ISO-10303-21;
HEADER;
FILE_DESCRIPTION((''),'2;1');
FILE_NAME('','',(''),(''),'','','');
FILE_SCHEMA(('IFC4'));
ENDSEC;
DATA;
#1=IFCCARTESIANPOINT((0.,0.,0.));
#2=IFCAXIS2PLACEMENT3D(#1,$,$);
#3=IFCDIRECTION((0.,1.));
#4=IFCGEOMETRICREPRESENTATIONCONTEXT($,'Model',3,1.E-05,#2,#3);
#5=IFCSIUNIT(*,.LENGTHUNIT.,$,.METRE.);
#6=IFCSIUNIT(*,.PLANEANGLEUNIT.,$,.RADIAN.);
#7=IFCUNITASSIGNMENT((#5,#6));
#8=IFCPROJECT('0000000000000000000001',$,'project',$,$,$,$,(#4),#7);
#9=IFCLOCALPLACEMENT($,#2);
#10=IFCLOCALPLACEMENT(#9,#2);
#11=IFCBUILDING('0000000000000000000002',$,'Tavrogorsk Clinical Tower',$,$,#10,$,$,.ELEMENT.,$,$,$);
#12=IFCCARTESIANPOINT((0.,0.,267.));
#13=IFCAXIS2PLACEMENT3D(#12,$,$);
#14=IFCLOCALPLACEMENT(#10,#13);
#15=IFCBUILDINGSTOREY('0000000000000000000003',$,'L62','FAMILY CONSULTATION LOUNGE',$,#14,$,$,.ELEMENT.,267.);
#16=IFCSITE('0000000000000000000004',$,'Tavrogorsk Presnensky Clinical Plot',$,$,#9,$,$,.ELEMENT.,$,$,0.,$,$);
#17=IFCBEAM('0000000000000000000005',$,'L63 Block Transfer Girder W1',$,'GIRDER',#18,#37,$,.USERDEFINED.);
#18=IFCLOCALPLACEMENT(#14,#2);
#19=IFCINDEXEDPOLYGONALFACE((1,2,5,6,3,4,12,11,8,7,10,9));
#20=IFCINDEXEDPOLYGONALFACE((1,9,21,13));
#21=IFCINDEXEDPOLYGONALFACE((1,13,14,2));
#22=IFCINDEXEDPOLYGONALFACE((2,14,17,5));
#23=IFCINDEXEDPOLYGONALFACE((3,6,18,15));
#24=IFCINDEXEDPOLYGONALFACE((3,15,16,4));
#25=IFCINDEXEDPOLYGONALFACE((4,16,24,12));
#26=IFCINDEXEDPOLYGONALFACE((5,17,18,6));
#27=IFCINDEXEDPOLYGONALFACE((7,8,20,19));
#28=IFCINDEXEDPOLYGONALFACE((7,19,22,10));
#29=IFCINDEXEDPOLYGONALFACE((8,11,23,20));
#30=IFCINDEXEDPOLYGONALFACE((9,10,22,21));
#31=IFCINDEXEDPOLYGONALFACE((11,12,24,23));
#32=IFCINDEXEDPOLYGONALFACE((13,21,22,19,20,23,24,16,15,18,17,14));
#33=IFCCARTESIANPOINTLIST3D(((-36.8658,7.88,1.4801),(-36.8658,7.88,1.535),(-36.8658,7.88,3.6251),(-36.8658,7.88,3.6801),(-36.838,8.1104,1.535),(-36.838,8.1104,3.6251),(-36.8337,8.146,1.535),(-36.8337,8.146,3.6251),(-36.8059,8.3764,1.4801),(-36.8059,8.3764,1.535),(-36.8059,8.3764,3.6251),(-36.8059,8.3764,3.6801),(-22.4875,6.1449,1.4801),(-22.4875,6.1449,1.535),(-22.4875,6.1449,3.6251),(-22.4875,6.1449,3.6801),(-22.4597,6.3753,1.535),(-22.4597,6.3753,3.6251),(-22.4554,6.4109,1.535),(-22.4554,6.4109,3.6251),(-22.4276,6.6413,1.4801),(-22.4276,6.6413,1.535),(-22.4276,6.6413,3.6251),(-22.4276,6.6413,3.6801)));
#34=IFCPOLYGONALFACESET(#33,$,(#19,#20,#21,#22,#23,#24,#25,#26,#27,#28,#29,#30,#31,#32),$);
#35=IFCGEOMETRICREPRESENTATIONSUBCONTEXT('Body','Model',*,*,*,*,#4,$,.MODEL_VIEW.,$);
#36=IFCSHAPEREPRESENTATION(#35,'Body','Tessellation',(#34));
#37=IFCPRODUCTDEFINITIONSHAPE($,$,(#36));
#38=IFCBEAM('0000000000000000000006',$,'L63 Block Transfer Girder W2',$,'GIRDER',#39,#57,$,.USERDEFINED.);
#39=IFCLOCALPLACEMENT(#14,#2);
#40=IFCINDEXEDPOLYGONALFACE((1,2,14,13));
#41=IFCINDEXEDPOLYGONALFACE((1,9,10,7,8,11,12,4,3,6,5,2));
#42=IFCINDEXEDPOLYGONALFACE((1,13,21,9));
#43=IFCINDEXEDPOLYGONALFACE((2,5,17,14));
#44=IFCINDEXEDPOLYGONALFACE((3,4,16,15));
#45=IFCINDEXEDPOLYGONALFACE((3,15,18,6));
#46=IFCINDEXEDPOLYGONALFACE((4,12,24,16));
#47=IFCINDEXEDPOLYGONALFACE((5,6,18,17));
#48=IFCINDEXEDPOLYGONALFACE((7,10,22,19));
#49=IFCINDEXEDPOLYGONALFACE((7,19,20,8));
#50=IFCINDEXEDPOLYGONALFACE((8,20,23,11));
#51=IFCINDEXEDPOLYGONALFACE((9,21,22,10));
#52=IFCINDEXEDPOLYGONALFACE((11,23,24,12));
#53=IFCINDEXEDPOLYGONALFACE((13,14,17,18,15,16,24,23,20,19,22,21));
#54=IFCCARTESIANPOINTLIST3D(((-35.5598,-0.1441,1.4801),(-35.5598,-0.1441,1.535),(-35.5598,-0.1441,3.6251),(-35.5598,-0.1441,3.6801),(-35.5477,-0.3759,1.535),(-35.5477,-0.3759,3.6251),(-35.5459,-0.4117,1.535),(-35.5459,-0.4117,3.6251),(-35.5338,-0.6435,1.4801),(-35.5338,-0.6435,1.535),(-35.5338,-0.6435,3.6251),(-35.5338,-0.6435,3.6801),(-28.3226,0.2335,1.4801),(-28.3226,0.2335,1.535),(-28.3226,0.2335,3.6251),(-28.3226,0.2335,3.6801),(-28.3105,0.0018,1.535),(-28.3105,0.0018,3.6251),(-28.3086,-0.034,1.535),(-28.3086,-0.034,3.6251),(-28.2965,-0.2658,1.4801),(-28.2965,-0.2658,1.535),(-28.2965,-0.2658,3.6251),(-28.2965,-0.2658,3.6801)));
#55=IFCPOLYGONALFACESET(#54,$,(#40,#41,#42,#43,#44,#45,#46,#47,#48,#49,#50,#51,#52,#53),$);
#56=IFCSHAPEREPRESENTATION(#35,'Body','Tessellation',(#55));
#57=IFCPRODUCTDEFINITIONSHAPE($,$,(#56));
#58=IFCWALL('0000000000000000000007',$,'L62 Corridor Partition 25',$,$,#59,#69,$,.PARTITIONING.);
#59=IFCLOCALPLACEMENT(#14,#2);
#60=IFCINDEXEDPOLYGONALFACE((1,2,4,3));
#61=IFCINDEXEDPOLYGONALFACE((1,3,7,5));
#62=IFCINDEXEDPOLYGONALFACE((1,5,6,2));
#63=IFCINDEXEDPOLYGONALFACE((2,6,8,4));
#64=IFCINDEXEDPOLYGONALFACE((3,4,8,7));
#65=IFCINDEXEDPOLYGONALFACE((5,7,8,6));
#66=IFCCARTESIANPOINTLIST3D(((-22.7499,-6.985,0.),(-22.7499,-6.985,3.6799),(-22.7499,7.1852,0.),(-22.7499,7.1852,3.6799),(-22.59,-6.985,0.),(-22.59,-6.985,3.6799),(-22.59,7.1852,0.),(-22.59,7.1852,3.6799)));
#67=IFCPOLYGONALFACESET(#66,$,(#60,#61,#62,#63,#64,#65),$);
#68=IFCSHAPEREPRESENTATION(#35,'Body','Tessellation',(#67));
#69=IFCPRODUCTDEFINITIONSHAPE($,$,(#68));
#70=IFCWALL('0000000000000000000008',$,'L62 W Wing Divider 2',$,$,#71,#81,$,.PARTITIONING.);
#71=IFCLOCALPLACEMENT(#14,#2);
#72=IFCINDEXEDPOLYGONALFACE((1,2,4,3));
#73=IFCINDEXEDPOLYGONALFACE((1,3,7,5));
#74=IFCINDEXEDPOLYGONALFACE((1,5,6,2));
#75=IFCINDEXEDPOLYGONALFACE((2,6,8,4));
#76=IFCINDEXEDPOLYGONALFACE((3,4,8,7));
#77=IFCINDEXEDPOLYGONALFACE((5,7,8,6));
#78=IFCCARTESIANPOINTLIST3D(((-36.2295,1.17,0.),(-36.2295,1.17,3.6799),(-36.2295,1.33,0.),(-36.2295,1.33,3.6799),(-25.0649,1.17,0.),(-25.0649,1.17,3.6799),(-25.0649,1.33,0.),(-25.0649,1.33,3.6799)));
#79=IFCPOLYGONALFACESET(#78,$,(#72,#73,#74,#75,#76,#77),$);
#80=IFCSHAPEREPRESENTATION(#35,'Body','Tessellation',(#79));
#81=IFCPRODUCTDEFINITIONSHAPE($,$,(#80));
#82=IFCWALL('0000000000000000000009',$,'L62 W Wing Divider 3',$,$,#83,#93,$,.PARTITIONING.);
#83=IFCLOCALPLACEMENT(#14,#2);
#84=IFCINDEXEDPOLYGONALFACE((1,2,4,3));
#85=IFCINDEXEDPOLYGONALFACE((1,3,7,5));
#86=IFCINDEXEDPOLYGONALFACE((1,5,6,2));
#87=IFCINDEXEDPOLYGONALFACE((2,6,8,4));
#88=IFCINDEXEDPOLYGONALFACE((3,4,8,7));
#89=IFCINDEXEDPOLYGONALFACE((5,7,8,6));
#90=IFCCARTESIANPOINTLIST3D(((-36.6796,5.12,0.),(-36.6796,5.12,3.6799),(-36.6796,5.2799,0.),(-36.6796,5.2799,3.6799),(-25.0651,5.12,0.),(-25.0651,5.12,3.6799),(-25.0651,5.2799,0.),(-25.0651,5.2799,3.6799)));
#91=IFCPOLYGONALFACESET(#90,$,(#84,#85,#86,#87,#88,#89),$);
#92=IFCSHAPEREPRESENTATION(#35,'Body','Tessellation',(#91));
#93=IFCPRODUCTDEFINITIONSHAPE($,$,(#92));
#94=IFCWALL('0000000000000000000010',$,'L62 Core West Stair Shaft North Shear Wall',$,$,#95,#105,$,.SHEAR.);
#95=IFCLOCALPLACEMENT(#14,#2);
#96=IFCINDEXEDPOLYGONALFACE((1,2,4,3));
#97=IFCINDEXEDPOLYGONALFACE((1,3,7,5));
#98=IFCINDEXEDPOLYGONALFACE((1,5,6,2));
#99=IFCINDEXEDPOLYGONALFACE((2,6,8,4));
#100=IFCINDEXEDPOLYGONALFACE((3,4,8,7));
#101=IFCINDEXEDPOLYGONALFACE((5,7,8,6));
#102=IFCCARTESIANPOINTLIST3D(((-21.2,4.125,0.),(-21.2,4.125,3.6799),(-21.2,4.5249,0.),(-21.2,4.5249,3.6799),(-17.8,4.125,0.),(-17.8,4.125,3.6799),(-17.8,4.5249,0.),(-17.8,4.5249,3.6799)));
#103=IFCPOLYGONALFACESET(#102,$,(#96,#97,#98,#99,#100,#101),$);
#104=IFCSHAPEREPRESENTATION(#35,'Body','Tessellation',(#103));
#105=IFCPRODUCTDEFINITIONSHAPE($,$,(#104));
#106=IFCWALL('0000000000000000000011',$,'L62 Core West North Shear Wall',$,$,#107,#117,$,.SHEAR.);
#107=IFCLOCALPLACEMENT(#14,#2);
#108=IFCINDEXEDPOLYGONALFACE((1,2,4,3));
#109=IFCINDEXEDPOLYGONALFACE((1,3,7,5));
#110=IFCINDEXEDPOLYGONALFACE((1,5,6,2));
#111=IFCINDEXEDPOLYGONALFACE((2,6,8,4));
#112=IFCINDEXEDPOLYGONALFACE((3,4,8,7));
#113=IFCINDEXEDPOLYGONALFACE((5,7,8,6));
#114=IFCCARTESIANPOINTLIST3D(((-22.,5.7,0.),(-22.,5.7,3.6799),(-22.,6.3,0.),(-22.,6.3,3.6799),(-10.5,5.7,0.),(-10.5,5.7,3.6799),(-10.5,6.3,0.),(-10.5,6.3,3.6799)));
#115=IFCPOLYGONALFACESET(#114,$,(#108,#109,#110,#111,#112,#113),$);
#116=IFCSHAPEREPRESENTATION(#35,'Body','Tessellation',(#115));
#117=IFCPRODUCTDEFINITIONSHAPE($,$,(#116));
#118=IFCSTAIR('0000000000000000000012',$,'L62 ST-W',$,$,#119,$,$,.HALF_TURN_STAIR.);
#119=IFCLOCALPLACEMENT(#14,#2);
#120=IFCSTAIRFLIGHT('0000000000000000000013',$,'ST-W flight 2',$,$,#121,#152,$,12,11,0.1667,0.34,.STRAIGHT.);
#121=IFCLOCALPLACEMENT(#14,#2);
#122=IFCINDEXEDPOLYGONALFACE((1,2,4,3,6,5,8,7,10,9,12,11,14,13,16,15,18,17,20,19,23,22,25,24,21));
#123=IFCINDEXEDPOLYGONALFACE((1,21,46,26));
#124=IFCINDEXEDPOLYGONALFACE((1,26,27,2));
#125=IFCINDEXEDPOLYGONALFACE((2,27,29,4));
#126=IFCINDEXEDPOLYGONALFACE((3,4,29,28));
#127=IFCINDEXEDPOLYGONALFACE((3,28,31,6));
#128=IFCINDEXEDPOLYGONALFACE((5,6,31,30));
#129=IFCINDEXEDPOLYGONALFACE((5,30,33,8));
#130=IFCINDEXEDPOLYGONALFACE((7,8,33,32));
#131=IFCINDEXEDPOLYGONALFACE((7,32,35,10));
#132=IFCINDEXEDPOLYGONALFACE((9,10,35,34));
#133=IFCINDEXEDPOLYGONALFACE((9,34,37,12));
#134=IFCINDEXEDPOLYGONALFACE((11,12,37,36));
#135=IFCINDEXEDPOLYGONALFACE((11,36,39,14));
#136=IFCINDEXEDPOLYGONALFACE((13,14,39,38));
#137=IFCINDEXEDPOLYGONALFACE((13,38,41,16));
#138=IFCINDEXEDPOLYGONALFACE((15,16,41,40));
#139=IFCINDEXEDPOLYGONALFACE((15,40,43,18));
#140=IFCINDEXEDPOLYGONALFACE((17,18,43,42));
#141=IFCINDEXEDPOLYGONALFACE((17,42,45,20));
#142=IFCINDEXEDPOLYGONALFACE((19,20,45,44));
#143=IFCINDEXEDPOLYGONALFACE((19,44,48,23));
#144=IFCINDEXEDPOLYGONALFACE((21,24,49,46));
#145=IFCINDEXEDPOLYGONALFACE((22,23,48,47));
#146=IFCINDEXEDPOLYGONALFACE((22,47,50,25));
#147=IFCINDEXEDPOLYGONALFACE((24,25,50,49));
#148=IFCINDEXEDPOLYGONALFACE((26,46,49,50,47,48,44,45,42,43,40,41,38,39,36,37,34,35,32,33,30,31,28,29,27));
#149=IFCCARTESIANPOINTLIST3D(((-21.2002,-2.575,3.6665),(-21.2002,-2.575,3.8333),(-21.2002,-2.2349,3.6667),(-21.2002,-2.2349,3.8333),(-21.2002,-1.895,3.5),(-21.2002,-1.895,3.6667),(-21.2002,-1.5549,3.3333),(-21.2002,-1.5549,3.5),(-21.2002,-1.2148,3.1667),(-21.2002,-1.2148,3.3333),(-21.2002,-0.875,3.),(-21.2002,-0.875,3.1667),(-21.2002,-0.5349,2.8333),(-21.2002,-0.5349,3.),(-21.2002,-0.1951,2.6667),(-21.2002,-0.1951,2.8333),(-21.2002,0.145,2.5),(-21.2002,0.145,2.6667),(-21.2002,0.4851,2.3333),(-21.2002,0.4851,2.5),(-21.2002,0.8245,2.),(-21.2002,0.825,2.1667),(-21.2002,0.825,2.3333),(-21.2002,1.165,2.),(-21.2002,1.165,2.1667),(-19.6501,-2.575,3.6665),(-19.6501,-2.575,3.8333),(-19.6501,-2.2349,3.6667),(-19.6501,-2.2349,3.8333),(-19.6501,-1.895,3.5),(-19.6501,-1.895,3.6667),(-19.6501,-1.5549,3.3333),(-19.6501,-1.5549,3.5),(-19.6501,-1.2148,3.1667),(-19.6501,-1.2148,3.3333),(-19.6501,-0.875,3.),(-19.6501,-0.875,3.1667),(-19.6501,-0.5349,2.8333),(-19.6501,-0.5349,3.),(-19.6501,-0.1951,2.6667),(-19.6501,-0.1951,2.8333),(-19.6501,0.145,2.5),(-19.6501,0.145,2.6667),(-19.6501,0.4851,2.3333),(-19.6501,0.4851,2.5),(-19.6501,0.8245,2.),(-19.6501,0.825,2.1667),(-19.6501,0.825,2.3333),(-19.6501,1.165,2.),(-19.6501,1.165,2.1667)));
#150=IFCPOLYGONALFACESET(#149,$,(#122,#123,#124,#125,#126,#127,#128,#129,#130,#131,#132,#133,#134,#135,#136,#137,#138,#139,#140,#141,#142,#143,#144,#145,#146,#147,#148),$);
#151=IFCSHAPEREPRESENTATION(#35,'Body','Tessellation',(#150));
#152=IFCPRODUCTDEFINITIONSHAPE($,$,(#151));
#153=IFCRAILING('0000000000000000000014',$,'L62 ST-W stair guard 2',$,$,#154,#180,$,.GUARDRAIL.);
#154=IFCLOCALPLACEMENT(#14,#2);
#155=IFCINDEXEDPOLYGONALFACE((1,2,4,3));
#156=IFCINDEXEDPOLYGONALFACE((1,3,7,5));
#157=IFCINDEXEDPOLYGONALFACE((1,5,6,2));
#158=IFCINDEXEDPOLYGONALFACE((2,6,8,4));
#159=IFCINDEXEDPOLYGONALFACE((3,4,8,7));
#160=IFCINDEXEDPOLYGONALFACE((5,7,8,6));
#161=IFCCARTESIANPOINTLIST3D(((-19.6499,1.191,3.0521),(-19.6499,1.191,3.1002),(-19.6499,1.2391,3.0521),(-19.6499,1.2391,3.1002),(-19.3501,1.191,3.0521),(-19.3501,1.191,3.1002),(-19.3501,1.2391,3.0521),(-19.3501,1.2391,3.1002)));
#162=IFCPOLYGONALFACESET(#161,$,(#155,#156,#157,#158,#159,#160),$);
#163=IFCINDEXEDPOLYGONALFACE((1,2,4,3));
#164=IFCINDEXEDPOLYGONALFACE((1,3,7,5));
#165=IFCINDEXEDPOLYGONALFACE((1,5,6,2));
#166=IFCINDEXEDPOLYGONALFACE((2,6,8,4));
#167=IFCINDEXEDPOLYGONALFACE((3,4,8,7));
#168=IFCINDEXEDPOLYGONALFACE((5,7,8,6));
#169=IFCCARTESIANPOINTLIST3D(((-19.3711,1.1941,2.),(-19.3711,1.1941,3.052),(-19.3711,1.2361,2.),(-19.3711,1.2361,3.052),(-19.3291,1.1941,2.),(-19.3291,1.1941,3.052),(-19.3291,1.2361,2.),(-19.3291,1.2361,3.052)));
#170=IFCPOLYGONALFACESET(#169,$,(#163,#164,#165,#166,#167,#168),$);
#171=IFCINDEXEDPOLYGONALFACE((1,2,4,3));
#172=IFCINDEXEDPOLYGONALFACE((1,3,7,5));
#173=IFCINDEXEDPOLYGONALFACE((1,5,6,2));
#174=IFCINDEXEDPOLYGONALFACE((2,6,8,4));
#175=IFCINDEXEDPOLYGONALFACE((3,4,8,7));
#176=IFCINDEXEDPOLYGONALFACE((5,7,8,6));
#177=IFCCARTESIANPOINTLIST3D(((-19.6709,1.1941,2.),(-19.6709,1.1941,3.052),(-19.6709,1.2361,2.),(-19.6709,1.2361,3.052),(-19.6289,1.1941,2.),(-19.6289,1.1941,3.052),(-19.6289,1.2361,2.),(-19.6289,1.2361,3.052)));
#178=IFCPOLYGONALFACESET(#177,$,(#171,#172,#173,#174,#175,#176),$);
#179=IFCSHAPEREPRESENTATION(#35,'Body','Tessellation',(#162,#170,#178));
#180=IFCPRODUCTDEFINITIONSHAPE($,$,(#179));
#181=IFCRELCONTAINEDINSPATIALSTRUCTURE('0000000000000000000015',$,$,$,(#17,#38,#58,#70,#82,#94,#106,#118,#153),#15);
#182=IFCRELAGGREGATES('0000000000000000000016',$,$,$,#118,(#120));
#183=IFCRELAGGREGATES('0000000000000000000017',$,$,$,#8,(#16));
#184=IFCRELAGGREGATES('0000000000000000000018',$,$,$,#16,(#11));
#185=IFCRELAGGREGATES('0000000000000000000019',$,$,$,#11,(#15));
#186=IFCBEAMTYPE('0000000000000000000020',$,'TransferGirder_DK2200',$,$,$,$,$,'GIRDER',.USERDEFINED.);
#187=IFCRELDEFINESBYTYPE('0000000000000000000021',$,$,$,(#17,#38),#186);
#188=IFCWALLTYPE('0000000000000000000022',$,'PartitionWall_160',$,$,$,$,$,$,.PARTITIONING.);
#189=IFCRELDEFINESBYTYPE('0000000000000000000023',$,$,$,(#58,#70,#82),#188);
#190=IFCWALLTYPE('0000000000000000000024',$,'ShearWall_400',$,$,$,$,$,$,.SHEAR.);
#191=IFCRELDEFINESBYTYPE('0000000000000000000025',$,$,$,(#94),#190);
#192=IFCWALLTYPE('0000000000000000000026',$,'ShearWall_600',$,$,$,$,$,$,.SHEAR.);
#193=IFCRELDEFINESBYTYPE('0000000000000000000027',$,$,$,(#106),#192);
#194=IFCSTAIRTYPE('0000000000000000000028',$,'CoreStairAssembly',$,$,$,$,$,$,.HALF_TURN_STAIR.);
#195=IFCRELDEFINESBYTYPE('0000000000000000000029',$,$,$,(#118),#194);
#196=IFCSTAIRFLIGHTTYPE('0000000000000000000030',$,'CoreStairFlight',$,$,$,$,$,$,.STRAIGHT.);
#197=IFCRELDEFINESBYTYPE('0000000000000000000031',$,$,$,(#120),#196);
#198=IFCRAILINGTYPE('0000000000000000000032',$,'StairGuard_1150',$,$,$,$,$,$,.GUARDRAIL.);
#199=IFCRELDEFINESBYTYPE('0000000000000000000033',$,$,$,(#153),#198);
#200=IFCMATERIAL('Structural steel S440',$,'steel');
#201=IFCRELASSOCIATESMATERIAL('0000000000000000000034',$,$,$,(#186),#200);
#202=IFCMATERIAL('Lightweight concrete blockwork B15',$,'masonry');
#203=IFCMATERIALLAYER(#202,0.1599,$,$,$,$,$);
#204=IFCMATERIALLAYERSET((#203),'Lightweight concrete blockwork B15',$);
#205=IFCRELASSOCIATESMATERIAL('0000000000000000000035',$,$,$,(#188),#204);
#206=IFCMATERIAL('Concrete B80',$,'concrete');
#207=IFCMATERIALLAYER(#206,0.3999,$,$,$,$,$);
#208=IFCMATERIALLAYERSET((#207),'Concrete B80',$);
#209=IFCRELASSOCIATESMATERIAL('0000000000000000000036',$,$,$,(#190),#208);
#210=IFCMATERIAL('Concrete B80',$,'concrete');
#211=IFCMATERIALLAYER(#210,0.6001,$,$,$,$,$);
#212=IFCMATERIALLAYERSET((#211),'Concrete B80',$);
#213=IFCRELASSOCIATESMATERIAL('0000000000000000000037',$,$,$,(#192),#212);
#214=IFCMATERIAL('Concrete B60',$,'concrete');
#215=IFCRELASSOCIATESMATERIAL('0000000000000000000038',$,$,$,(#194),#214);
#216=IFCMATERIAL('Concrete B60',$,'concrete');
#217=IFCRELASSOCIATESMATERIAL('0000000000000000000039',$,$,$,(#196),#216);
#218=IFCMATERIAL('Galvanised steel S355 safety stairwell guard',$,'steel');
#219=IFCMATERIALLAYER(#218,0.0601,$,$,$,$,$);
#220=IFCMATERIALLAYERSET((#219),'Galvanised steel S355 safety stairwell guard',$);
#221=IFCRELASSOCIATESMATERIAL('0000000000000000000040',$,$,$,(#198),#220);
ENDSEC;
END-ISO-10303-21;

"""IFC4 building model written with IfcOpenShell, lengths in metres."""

from ifc_helpers import new_model, si_unit, direction, frame, frame_2d, origin, origin_2d, place, context, subcontext, project, spatial, polyline, rectangle, i_section, outline, extrude, material, layer, layer_set, material_profile, profile_set, type_object, element, aggregate, save


model = new_model("IFC4")

# Units and contexts
model_context = context("Model", 3, precision=1e-05, world=origin(), true_north=direction((0.0, 1.0)))
body_context = subcontext(model_context, "Body", "Model", "MODEL_VIEW")
ifc_project = project(units=[si_unit("LENGTHUNIT", "METRE"), si_unit("PLANEANGLEUNIT", "RADIAN")], contexts=[model_context])

# Site, building, storey
site_placement = place(None, origin())
site = spatial("IfcSite", under=ifc_project, at=site_placement, Name="Tavrogorsk Presnensky Clinical Plot", CompositionType="ELEMENT", RefElevation=0.0)
building_placement = place(site_placement, origin())
building = spatial("IfcBuilding", under=site, at=building_placement, Name="Tavrogorsk Clinical Tower", CompositionType="ELEMENT")
storey_placement = place(building_placement, frame((0.0, 0.0, 267.0)))
storey = spatial("IfcBuildingStorey", under=building, at=storey_placement, Name="L62", Description="FAMILY CONSULTATION LOUNGE", CompositionType="ELEMENT", Elevation=267.0)

# Beams
ifc_material_1 = material(Name="Structural steel S440", Category="steel")
ifc_material_profile_1 = material_profile(ifc_material_1, i_section(OverallWidth=0.5, OverallDepth=2.2, WebThickness=0.0359, FlangeThickness=0.0549, at=origin_2d()), Name="DK-2200x500x36x55")
ifc_profile_set_1 = profile_set([ifc_material_profile_1], Name="Structural steel S440")
beam_type_1 = type_object("IfcBeamType", Name="TransferGirder_DK2200", ElementType="GIRDER", PredefinedType="USERDEFINED", material=ifc_profile_set_1)
beam_1_placement = place(storey_placement, frame((-22.4575, 6.3931, 2.5801), z_axis=(-0.992797, 0.119805, 0.0), x_axis=(-0.119805, -0.992797, 0.0)))
element("IfcBeam", 1, at=beam_1_placement, inside=storey, type_object=beam_type_1, Name="L63 Block Transfer Girder W1", ObjectType="GIRDER", PredefinedType="USERDEFINED", context=body_context, shape_type="SweptSolid", body=[
    extrude(i_section(OverallWidth=0.5, OverallDepth=2.2, WebThickness=0.0359, FlangeThickness=0.0549, at=origin_2d()), origin(), (0.0, 0.0, 1.0), 14.4827),
])
beam_2_placement = place(storey_placement, frame((-28.3096, -0.0161, 2.5801), z_axis=(-0.998641, -0.052115, 0.0), x_axis=(0.052115, -0.998641, 0.0)))
element("IfcBeam", 2, at=beam_2_placement, inside=storey, type_object=beam_type_1, Name="L63 Block Transfer Girder W2", ObjectType="GIRDER", PredefinedType="USERDEFINED", context=body_context, shape_type="SweptSolid", body=[
    extrude(i_section(OverallWidth=0.5, OverallDepth=2.2, WebThickness=0.0359, FlangeThickness=0.0549, at=origin_2d()), origin(), (0.0, 0.0, 1.0), 7.2471),
])

# Walls
ifc_material_2 = material(Name="Lightweight concrete blockwork B15", Category="masonry")
ifc_layer_1 = layer(ifc_material_2, 0.1599)
ifc_layer_set_1 = layer_set([ifc_layer_1], Name="Lightweight concrete blockwork B15")
wall_type_1 = type_object("IfcWallType", Name="PartitionWall_160", PredefinedType="PARTITIONING", material=ifc_layer_set_1)
wall_1_placement = place(storey_placement, frame((-22.6699, 7.1851, 0.0), z_axis=(0.0, 0.0, 1.0), x_axis=(0.0, -1.0, 0.0)))
element("IfcWall", 3, at=wall_1_placement, inside=storey, type_object=wall_type_1, Name="L62 Corridor Partition 25", PredefinedType="PARTITIONING", context=body_context, shape_type="SweptSolid", body=[
    extrude(rectangle(XDim=14.1702, YDim=0.1599, at=frame_2d((7.085, 0.0))), origin(), (0.0, 0.0, 1.0), 3.6799),
])
wall_2_placement = place(storey_placement, frame((-36.2295, 1.25, 0.0), z_axis=(0.0, 0.0, 1.0), x_axis=(1.0, 0.0, 0.0)))
element("IfcWall", 4, at=wall_2_placement, inside=storey, type_object=wall_type_1, Name="L62 W Wing Divider 2", PredefinedType="PARTITIONING", context=body_context, shape_type="SweptSolid", body=[
    extrude(rectangle(XDim=11.1646, YDim=0.1599, at=frame_2d((5.5823, 0.0))), origin(), (0.0, 0.0, 1.0), 3.6799),
])
wall_3_placement = place(storey_placement, frame((-36.6794, 5.2, 0.0), z_axis=(0.0, 0.0, 1.0), x_axis=(1.0, 0.0, 0.0)))
element("IfcWall", 5, at=wall_3_placement, inside=storey, type_object=wall_type_1, Name="L62 W Wing Divider 3", PredefinedType="PARTITIONING", context=body_context, shape_type="SweptSolid", body=[
    extrude(rectangle(XDim=11.6145, YDim=0.1599, at=frame_2d((5.8071, 0.0))), origin(), (0.0, 0.0, 1.0), 3.6799),
])
ifc_material_3 = material(Name="Concrete B80", Category="concrete")
ifc_layer_2 = layer(ifc_material_3, 0.3999)
ifc_layer_set_2 = layer_set([ifc_layer_2], Name="Concrete B80")
wall_type_2 = type_object("IfcWallType", Name="ShearWall_400", PredefinedType="SHEAR", material=ifc_layer_set_2)
wall_4_placement = place(storey_placement, frame((-21.2, 4.325, 0.0), z_axis=(0.0, 0.0, 1.0), x_axis=(1.0, 0.0, 0.0)))
element("IfcWall", 6, at=wall_4_placement, inside=storey, type_object=wall_type_2, Name="L62 Core West Stair Shaft North Shear Wall", PredefinedType="SHEAR", context=body_context, shape_type="SweptSolid", body=[
    extrude(rectangle(XDim=3.3999, YDim=0.3999, at=frame_2d((1.7, 0.0))), origin(), (0.0, 0.0, 1.0), 3.6799),
])
ifc_material_4 = material(Name="Concrete B80", Category="concrete")
ifc_layer_3 = layer(ifc_material_4, 0.6001)
ifc_layer_set_3 = layer_set([ifc_layer_3], Name="Concrete B80")
wall_type_3 = type_object("IfcWallType", Name="ShearWall_600", PredefinedType="SHEAR", material=ifc_layer_set_3)
wall_5_placement = place(storey_placement, frame((-22.0, 6.0, 0.0), z_axis=(0.0, 0.0, 1.0), x_axis=(1.0, 0.0, 0.0)))
element("IfcWall", 7, at=wall_5_placement, inside=storey, type_object=wall_type_3, Name="L62 Core West North Shear Wall", PredefinedType="SHEAR", context=body_context, shape_type="SweptSolid", body=[
    extrude(rectangle(XDim=11.5, YDim=0.6001, at=frame_2d((5.75, 0.0))), origin(), (0.0, 0.0, 1.0), 3.6799),
])

# Stair, stair flight
ifc_material_5 = material(Name="Concrete B60", Category="concrete")
stair_type = type_object("IfcStairType", Name="CoreStairAssembly", PredefinedType="HALF_TURN_STAIR", material=ifc_material_5)
stair_placement = place(storey_placement, origin())
stair = element("IfcStair", 8, at=stair_placement, inside=storey, type_object=stair_type, Name="L62 ST-W", PredefinedType="HALF_TURN_STAIR")
ifc_material_6 = material(Name="Concrete B60", Category="concrete")
stair_flight_type = type_object("IfcStairFlightType", Name="CoreStairFlight", PredefinedType="STRAIGHT", material=ifc_material_6)
stair_flight_placement = place(storey_placement, frame((-20.425, 1.165, 2.0), z_axis=(0.0, 0.0, 1.0), x_axis=(0.0, -1.0, 0.0)))
stair_flight = element("IfcStairFlight", 9, at=stair_flight_placement, type_object=stair_flight_type, Name="ST-W flight 2", NumberOfRisers=12, NumberOfTreads=11, PredefinedType="STRAIGHT", RiserHeight=0.1667, TreadLength=0.34, context=body_context, shape_type="SweptSolid", body=[
    extrude(outline(polyline([(0.0, 0.0), (0.0, 0.1667), (0.3401, 0.1667), (0.3401, 0.3333), (0.6799, 0.3333), (0.6799, 0.5), (1.02, 0.5), (1.02, 0.6667), (1.3601, 0.6667), (1.3601, 0.8333), (1.7, 0.8333), (1.7, 1.0), (2.04, 1.0), (2.04, 1.1667), (2.3799, 1.1667), (2.3799, 1.3333), (2.72, 1.3333), (2.72, 1.5), (3.0601, 1.5), (3.0601, 1.6667), (3.3999, 1.6667), (3.3999, 1.8333), (3.74, 1.8333), (3.74, 2.0), (3.74, 1.6665), (0.3406, 0.0), (0.0, 0.0)])), frame((0.0, 0.7749, 0.0), z_axis=(0.0, -1.0, 0.0), x_axis=(1.0, 0.0, 0.0)), (0.0, 0.0, 1.0), 1.55),
])
aggregate(stair, [stair_flight])

# Railing
ifc_material_7 = material(Name="Galvanised steel S355 safety stairwell guard", Category="steel")
ifc_layer_4 = layer(ifc_material_7, 0.0601)
ifc_layer_set_4 = layer_set([ifc_layer_4], Name="Galvanised steel S355 safety stairwell guard")
railing_type_1 = type_object("IfcRailingType", Name="StairGuard_1150", PredefinedType="GUARDRAIL", material=ifc_layer_set_4)
railing_1_placement = place(storey_placement, frame((-19.3501, 1.2151, 2.0)))
element("IfcRailing", 10, at=railing_1_placement, inside=storey, type_object=railing_type_1, Name="L62 ST-W stair guard 2", PredefinedType="GUARDRAIL", context=body_context, shape_type="SweptSolid", body=[
    extrude(rectangle(XDim=0.0481, YDim=0.0481, at=origin_2d()), frame((0.0, 0.0, 1.0762), z_axis=(-1.0, 0.0, 0.0), x_axis=(0.0, -1.0, 0.0)), (0.0, 0.0, 1.0), 0.2998),
    extrude(rectangle(XDim=0.042, YDim=0.042, at=origin_2d()), origin(), (0.0, 0.0, 1.0), 1.052),
    extrude(rectangle(XDim=0.042, YDim=0.042, at=origin_2d()), frame((-0.2998, 0.0, 0.0)), (0.0, 0.0, 1.0), 1.052),
])

save(model, "model.ifc")
